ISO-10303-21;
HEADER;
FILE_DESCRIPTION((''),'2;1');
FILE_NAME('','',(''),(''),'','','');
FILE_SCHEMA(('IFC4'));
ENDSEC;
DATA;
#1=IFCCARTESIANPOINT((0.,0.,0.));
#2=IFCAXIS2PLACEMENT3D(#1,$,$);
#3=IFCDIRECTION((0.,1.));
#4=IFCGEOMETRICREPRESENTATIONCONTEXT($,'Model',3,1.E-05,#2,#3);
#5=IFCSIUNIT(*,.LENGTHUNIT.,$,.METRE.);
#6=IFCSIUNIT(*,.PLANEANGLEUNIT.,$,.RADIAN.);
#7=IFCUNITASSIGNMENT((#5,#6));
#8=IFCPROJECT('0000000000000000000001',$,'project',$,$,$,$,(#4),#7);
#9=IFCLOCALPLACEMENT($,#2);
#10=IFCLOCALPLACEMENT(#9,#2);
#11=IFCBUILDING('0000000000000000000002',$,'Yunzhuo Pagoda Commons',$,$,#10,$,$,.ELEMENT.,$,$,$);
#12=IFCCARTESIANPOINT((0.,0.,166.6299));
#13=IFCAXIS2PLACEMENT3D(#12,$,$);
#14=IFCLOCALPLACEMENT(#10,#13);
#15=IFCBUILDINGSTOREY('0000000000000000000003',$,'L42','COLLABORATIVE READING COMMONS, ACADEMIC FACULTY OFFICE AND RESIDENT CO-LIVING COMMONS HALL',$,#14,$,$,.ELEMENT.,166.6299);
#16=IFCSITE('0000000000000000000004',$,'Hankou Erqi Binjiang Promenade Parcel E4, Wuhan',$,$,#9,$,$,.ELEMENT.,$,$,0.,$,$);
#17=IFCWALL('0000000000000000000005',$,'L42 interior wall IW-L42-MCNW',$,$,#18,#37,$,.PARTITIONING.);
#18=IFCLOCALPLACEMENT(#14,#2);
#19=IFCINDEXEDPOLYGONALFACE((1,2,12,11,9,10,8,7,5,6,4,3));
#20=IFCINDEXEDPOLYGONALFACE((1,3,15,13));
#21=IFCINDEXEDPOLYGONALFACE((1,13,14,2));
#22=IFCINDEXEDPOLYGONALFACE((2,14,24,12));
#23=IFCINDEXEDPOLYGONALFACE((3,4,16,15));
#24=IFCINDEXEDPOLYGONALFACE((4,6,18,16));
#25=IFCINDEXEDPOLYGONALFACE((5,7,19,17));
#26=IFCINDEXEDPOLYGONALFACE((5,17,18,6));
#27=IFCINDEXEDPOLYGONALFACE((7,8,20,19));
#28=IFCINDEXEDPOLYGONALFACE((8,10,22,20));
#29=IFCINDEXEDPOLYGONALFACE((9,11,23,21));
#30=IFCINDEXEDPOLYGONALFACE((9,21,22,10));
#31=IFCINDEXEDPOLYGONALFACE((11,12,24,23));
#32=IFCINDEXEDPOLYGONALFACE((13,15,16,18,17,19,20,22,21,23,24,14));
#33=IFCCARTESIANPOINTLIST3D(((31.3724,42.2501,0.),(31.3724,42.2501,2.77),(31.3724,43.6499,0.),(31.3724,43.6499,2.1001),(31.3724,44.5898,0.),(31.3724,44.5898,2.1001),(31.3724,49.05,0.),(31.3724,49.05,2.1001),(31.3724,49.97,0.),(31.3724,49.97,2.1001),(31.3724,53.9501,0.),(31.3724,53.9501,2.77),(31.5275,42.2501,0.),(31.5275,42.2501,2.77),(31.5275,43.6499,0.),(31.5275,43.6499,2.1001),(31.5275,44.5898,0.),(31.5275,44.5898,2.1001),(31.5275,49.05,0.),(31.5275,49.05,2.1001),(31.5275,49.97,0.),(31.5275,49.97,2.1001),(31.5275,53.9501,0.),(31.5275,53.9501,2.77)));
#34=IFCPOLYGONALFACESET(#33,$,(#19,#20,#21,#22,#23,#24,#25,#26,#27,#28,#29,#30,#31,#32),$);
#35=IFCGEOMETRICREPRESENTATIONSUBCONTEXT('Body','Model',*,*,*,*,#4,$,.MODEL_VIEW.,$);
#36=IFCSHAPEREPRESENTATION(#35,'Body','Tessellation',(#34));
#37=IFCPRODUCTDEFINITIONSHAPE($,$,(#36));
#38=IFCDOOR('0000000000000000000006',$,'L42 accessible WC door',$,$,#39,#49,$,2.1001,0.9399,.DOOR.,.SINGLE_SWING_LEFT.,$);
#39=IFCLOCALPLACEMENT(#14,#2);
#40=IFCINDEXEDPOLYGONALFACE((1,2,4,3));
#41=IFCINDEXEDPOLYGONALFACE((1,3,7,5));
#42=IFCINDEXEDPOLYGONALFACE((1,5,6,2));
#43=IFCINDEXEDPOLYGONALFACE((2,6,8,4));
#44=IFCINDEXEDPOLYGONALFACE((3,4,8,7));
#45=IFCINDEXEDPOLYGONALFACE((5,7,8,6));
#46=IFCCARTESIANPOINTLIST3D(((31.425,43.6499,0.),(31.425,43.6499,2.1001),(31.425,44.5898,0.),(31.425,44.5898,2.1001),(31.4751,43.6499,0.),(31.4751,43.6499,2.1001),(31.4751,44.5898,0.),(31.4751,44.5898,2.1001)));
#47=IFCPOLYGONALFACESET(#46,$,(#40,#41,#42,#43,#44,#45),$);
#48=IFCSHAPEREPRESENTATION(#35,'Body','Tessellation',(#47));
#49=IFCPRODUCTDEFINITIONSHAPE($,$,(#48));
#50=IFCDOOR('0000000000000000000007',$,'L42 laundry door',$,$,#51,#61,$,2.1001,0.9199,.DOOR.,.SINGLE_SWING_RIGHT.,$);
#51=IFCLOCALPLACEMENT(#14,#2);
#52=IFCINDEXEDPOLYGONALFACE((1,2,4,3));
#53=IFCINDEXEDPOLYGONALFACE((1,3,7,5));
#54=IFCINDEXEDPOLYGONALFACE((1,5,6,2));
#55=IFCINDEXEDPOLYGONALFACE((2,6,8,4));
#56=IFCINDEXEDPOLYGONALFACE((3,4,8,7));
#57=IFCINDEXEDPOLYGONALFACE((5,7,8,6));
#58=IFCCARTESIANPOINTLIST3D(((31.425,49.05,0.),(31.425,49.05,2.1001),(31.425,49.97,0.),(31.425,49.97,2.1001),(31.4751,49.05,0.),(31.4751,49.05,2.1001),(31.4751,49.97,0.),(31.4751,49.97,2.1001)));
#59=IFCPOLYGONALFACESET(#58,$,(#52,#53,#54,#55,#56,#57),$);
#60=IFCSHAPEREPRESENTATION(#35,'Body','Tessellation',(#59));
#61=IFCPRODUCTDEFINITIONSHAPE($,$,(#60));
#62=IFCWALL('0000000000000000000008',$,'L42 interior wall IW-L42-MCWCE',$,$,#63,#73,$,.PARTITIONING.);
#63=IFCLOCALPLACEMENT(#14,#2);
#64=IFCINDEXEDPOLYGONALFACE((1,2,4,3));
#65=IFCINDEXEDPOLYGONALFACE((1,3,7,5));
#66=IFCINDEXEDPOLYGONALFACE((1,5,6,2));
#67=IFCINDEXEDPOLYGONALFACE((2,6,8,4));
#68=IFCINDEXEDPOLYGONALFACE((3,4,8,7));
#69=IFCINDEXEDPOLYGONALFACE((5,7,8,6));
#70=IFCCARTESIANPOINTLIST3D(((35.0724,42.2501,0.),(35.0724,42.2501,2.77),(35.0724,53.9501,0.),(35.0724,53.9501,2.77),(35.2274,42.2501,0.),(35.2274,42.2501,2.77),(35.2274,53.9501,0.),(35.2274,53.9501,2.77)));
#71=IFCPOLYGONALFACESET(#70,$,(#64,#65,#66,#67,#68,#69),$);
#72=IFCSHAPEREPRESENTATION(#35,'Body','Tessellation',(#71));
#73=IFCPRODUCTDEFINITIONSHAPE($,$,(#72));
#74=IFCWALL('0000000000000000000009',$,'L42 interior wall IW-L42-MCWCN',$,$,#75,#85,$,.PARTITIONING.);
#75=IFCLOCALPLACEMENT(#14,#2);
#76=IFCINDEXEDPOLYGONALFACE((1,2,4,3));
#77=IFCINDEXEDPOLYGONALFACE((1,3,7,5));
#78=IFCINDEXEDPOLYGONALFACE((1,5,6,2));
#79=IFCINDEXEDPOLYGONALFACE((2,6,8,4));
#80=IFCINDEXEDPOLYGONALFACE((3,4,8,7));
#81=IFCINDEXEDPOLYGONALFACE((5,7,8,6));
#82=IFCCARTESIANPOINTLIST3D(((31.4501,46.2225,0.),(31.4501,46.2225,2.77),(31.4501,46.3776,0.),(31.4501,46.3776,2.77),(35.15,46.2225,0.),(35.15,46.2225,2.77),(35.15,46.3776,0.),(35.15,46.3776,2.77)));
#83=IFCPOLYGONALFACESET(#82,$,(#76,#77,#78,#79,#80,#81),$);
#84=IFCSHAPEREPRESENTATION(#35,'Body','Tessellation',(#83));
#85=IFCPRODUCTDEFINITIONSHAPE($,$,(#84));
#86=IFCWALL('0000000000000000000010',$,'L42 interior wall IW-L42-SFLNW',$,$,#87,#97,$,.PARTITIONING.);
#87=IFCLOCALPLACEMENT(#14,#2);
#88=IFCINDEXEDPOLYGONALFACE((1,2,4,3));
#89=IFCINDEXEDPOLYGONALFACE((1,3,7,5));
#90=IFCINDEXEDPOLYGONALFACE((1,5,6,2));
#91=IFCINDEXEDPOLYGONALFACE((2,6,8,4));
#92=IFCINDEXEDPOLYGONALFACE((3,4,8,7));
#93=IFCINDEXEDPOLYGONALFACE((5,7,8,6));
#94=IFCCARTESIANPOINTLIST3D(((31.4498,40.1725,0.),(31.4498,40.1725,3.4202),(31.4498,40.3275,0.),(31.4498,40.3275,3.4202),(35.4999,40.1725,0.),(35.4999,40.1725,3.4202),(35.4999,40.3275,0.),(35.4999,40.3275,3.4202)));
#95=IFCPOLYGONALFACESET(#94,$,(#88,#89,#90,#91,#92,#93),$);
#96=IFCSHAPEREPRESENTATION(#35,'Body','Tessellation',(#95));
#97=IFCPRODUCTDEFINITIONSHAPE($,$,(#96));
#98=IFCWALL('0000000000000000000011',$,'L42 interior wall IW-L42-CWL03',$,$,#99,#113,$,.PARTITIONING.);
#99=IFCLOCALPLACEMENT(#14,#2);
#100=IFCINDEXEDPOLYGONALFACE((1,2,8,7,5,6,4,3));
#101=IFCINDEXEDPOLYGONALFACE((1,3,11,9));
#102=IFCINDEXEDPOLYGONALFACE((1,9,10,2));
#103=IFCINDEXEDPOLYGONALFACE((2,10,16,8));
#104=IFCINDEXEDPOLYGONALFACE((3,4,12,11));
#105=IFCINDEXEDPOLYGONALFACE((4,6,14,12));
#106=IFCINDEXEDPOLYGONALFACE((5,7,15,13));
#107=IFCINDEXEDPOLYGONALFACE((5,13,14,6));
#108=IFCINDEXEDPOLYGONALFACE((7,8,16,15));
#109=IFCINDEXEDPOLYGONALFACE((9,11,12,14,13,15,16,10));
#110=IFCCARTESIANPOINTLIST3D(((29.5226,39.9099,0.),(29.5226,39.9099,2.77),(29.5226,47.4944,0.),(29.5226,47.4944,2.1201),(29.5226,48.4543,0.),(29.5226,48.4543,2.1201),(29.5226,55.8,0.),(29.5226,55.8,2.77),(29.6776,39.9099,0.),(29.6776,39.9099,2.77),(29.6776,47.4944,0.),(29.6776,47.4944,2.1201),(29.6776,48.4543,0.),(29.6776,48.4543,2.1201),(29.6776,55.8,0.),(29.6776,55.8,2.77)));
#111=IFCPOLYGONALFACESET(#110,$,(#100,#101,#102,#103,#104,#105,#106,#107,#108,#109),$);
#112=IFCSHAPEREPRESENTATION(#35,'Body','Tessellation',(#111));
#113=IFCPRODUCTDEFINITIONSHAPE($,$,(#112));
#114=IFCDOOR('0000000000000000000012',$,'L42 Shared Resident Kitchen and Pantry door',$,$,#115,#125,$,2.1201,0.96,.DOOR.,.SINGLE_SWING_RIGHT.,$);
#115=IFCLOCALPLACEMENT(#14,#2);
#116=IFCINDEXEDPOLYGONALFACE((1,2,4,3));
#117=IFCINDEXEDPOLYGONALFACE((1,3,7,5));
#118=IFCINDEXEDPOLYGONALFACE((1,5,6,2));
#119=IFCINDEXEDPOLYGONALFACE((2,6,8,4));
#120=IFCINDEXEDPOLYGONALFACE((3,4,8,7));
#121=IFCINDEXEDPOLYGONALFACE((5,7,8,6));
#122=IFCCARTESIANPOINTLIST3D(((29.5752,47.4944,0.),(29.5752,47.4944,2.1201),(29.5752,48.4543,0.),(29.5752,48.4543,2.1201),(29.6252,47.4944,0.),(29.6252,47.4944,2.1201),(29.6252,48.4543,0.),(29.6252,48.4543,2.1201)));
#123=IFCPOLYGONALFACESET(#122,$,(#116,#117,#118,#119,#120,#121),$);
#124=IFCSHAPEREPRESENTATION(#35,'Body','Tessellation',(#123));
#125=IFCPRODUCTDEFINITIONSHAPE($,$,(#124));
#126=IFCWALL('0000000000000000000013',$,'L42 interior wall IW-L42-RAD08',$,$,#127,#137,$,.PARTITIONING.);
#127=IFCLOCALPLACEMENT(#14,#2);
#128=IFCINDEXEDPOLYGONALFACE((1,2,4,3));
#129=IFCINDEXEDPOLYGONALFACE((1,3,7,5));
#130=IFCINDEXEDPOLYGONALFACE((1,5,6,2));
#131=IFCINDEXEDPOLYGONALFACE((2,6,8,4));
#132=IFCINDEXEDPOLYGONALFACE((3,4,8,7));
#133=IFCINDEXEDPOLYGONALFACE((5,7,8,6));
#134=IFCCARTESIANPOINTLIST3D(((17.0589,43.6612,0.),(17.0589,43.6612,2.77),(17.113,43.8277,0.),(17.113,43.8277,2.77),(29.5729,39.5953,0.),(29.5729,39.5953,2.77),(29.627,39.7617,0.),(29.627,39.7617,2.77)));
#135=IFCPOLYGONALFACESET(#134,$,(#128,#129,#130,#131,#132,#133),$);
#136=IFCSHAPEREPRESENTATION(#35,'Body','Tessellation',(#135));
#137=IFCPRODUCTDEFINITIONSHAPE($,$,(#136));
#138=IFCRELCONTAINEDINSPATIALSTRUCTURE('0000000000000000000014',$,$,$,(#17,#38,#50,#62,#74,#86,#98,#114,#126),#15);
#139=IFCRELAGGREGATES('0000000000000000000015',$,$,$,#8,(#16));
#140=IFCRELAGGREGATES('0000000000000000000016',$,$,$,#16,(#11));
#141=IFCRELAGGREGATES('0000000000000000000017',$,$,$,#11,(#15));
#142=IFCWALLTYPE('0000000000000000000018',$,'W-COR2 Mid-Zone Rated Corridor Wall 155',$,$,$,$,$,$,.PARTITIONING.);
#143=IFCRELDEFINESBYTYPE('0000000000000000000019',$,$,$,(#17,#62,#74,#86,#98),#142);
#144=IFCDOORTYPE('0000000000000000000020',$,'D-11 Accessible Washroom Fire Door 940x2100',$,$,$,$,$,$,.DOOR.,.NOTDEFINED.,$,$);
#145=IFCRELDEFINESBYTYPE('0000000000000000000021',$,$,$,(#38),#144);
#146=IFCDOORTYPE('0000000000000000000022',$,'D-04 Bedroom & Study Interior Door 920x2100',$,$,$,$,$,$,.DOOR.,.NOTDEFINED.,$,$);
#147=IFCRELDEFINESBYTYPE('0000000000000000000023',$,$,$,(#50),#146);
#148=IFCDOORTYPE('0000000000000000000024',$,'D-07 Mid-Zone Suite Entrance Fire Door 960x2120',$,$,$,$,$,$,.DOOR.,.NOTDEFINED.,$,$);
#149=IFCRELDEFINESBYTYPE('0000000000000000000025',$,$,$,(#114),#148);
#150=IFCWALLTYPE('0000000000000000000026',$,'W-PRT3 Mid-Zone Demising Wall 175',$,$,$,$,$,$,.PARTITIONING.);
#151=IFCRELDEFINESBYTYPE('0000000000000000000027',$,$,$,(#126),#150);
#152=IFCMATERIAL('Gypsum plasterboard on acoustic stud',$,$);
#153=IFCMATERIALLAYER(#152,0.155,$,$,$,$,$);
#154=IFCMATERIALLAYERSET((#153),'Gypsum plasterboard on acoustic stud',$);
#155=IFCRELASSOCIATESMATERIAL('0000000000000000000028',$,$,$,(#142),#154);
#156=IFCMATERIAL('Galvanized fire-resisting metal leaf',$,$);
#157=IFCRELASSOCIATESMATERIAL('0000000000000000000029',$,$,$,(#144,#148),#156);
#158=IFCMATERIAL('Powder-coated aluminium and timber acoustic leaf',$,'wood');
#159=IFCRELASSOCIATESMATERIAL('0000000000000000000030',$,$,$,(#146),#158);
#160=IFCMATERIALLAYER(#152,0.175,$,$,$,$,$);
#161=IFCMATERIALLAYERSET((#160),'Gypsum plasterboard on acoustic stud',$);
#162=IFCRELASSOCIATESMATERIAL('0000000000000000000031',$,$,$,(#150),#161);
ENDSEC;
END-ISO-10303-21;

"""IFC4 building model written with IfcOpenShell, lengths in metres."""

from ifc_helpers import new_model, si_unit, direction, frame, frame_2d, origin, origin_with_axes, place, context, subcontext, project, spatial, rectangle, extrude, source, transform, mapped, material, layer, layer_set, type_object, element, fill, save


model = new_model("IFC4")

# Units and contexts
model_context = context("Model", 3, precision=1e-05, world=origin(), true_north=direction((0.0, 1.0)))
body_context = subcontext(model_context, "Body", "Model", "MODEL_VIEW")
ifc_project = project(units=[si_unit("LENGTHUNIT", "METRE"), si_unit("PLANEANGLEUNIT", "RADIAN")], contexts=[model_context])

# Site, building, storey
site_placement = place(None, origin())
site = spatial("IfcSite", under=ifc_project, at=site_placement, Name="Hankou Erqi Binjiang Promenade Parcel E4, Wuhan", CompositionType="ELEMENT", RefElevation=0.0)
building_placement = place(site_placement, origin())
building = spatial("IfcBuilding", under=site, at=building_placement, Name="Yunzhuo Pagoda Commons", CompositionType="ELEMENT")
storey_placement = place(building_placement, frame((0.0, 0.0, 166.6299)))
storey = spatial("IfcBuildingStorey", under=building, at=storey_placement, Name="L42", Description="COLLABORATIVE READING COMMONS, ACADEMIC FACULTY OFFICE AND RESIDENT CO-LIVING COMMONS HALL", CompositionType="ELEMENT", Elevation=166.6299)

# Shared definitions
ifc_material_1 = material(Name="Galvanized fire-resisting metal leaf")

# Shared definitions
ifc_material_2 = material(Name="Gypsum plasterboard on acoustic stud")
ifc_layer_1 = layer(ifc_material_2, 0.155)
ifc_layer_set_1 = layer_set([ifc_layer_1], Name="Gypsum plasterboard on acoustic stud")
wall_type_1 = type_object("IfcWallType", Name="W-COR2 Mid-Zone Rated Corridor Wall 155", PredefinedType="PARTITIONING", material=ifc_layer_set_1)

# Wall, openings, doors
wall_1_placement = place(storey_placement, frame((31.45, 42.25, 0.0), z_axis=(0.0, 0.0, 1.0), x_axis=(0.0, 1.0, 0.0)))
wall_1 = element("IfcWall", 1, at=wall_1_placement, inside=storey, type_object=wall_type_1, Name="L42 interior wall IW-L42-MCNW", PredefinedType="PARTITIONING", context=body_context, shape_type="SweptSolid", body=[
    extrude(rectangle(XDim=11.7, YDim=0.155, at=frame_2d((5.8501, 0.0))), origin(), (0.0, 0.0, 1.0), 2.77),
])
opening_1_placement = place(wall_1_placement, frame((1.3999, 0.0, 0.0)))
opening_1 = element("IfcOpeningElement", 2, at=opening_1_placement, cuts=wall_1, PredefinedType="OPENING", context=body_context, shape_type="SweptSolid", body=[
    extrude(rectangle(XDim=0.9399, YDim=2.1001, at=frame_2d((0.47, 1.05))), frame((0.0, 0.0874, 0.0), z_axis=(0.0, -1.0, 0.0), x_axis=(1.0, 0.0, 0.0)), (0.0, 0.0, 1.0), 0.175),
])
opening_2_placement = place(wall_1_placement, frame((6.8, 0.0, 0.0)))
opening_2 = element("IfcOpeningElement", 3, at=opening_2_placement, cuts=wall_1, PredefinedType="OPENING", context=body_context, shape_type="SweptSolid", body=[
    extrude(rectangle(XDim=0.9199, YDim=2.1001, at=frame_2d((0.46, 1.05))), frame((0.0, 0.0874, 0.0), z_axis=(0.0, -1.0, 0.0), x_axis=(1.0, 0.0, 0.0)), (0.0, 0.0, 1.0), 0.175),
])
door_type_1 = type_object("IfcDoorType", Name="D-11 Accessible Washroom Fire Door 940x2100", OperationType="NOTDEFINED", PredefinedType="DOOR", material=ifc_material_1)
shared_shape_1 = source(origin(), body_context, "Body", "SweptSolid", [
    extrude(rectangle(XDim=0.9399, YDim=2.1001, at=frame_2d((0.47, 1.05))), frame((0.0, 0.0249, 0.0), z_axis=(0.0, -1.0, 0.0), x_axis=(1.0, 0.0, 0.0)), (0.0, 0.0, 1.0), 0.05),
])
door_1_placement = place(opening_1_placement, origin_with_axes())
door_1 = element("IfcDoor", 4, at=door_1_placement, inside=storey, type_object=door_type_1, Name="L42 accessible WC door", OperationType="SINGLE_SWING_LEFT", OverallHeight=2.1001, OverallWidth=0.9399, PredefinedType="DOOR", context=body_context, shape_type="MappedRepresentation", body=[
    mapped(shared_shape_1, transform((0.0, 0.0, 0.0), scale=1.0)),
])
fill(opening_1, door_1)
ifc_material_3 = material(Name="Powder-coated aluminium and timber acoustic leaf", Category="wood")
door_type_2 = type_object("IfcDoorType", Name="D-04 Bedroom & Study Interior Door 920x2100", OperationType="NOTDEFINED", PredefinedType="DOOR", material=ifc_material_3)
shared_shape_2 = source(origin(), body_context, "Body", "SweptSolid", [
    extrude(rectangle(XDim=0.9199, YDim=2.1001, at=frame_2d((0.46, 1.05))), frame((0.0, 0.0249, 0.0), z_axis=(0.0, -1.0, 0.0), x_axis=(1.0, 0.0, 0.0)), (0.0, 0.0, 1.0), 0.05),
])
door_2_placement = place(opening_2_placement, origin_with_axes())
door_2 = element("IfcDoor", 5, at=door_2_placement, inside=storey, type_object=door_type_2, Name="L42 laundry door", OperationType="SINGLE_SWING_RIGHT", OverallHeight=2.1001, OverallWidth=0.9199, PredefinedType="DOOR", context=body_context, shape_type="MappedRepresentation", body=[
    mapped(shared_shape_2, transform((0.0, 0.0, 0.0), scale=1.0)),
])
fill(opening_2, door_2)

# Walls
wall_2_placement = place(storey_placement, frame((35.1499, 42.25, 0.0), z_axis=(0.0, 0.0, 1.0), x_axis=(0.0, 1.0, 0.0)))
element("IfcWall", 6, at=wall_2_placement, inside=storey, type_object=wall_type_1, Name="L42 interior wall IW-L42-MCWCE", PredefinedType="PARTITIONING", context=body_context, shape_type="SweptSolid", body=[
    extrude(rectangle(XDim=11.7, YDim=0.155, at=frame_2d((5.8501, 0.0))), origin(), (0.0, 0.0, 1.0), 2.77),
])
wall_3_placement = place(storey_placement, frame((31.45, 46.3, 0.0), z_axis=(0.0, 0.0, 1.0), x_axis=(1.0, 0.0, 0.0)))
element("IfcWall", 7, at=wall_3_placement, inside=storey, type_object=wall_type_1, Name="L42 interior wall IW-L42-MCWCN", PredefinedType="PARTITIONING", context=body_context, shape_type="SweptSolid", body=[
    extrude(rectangle(XDim=3.7, YDim=0.155, at=frame_2d((1.8501, 0.0))), origin(), (0.0, 0.0, 1.0), 2.77),
])
wall_4_placement = place(storey_placement, frame((31.45, 40.25, 0.0), z_axis=(0.0, 0.0, 1.0), x_axis=(1.0, 0.0, 0.0)))
element("IfcWall", 8, at=wall_4_placement, inside=storey, type_object=wall_type_1, Name="L42 interior wall IW-L42-SFLNW", PredefinedType="PARTITIONING", context=body_context, shape_type="SweptSolid", body=[
    extrude(rectangle(XDim=4.05, YDim=0.155, at=frame_2d((2.0249, 0.0))), origin(), (0.0, 0.0, 1.0), 3.4202),
])

# Wall, opening, door
wall_5_placement = place(storey_placement, frame((29.6001, 39.9099, 0.0), z_axis=(0.0, 0.0, 1.0), x_axis=(0.0, 1.0, 0.0)))
wall_5 = element("IfcWall", 9, at=wall_5_placement, inside=storey, type_object=wall_type_1, Name="L42 interior wall IW-L42-CWL03", PredefinedType="PARTITIONING", context=body_context, shape_type="SweptSolid", body=[
    extrude(rectangle(XDim=15.8901, YDim=0.155, at=frame_2d((7.9451, 0.0))), origin(), (0.0, 0.0, 1.0), 2.77),
])
opening_3_placement = place(wall_5_placement, frame((7.5845, 0.0, 0.0)))
opening_3 = element("IfcOpeningElement", 10, at=opening_3_placement, cuts=wall_5, PredefinedType="OPENING", context=body_context, shape_type="SweptSolid", body=[
    extrude(rectangle(XDim=0.96, YDim=2.1201, at=frame_2d((0.48, 1.0601))), frame((0.0, 0.0874, 0.0), z_axis=(0.0, -1.0, 0.0), x_axis=(1.0, 0.0, 0.0)), (0.0, 0.0, 1.0), 0.175),
])
door_type_3 = type_object("IfcDoorType", Name="D-07 Mid-Zone Suite Entrance Fire Door 960x2120", OperationType="NOTDEFINED", PredefinedType="DOOR", material=ifc_material_1)
shared_shape_3 = source(origin(), body_context, "Body", "SweptSolid", [
    extrude(rectangle(XDim=0.96, YDim=2.1201, at=frame_2d((0.48, 1.0601))), frame((0.0, 0.0249, 0.0), z_axis=(0.0, -1.0, 0.0), x_axis=(1.0, 0.0, 0.0)), (0.0, 0.0, 1.0), 0.05),
])
door_3_placement = place(opening_3_placement, origin_with_axes())
door_3 = element("IfcDoor", 11, at=door_3_placement, inside=storey, type_object=door_type_3, Name="L42 Shared Resident Kitchen and Pantry door", OperationType="SINGLE_SWING_RIGHT", OverallHeight=2.1201, OverallWidth=0.96, PredefinedType="DOOR", context=body_context, shape_type="MappedRepresentation", body=[
    mapped(shared_shape_3, transform((0.0, 0.0, 0.0), scale=1.0)),
])
fill(opening_3, door_3)

# Wall
ifc_layer_2 = layer(ifc_material_2, 0.175)
ifc_layer_set_2 = layer_set([ifc_layer_2], Name="Gypsum plasterboard on acoustic stud")
wall_type_2 = type_object("IfcWallType", Name="W-PRT3 Mid-Zone Demising Wall 175", PredefinedType="PARTITIONING", material=ifc_layer_set_2)
wall_6_placement = place(storey_placement, frame((29.6001, 39.6785, 0.0), z_axis=(0.0, 0.0, 1.0), x_axis=(-0.951059, 0.30901, 0.0)))
element("IfcWall", 12, at=wall_6_placement, inside=storey, type_object=wall_type_2, Name="L42 interior wall IW-L42-RAD08", PredefinedType="PARTITIONING", context=body_context, shape_type="SweptSolid", body=[
    extrude(rectangle(XDim=13.158, YDim=0.175, at=frame_2d((6.5791, 0.0))), origin(), (0.0, 0.0, 1.0), 2.77),
])

save(model, "model.ifc")
